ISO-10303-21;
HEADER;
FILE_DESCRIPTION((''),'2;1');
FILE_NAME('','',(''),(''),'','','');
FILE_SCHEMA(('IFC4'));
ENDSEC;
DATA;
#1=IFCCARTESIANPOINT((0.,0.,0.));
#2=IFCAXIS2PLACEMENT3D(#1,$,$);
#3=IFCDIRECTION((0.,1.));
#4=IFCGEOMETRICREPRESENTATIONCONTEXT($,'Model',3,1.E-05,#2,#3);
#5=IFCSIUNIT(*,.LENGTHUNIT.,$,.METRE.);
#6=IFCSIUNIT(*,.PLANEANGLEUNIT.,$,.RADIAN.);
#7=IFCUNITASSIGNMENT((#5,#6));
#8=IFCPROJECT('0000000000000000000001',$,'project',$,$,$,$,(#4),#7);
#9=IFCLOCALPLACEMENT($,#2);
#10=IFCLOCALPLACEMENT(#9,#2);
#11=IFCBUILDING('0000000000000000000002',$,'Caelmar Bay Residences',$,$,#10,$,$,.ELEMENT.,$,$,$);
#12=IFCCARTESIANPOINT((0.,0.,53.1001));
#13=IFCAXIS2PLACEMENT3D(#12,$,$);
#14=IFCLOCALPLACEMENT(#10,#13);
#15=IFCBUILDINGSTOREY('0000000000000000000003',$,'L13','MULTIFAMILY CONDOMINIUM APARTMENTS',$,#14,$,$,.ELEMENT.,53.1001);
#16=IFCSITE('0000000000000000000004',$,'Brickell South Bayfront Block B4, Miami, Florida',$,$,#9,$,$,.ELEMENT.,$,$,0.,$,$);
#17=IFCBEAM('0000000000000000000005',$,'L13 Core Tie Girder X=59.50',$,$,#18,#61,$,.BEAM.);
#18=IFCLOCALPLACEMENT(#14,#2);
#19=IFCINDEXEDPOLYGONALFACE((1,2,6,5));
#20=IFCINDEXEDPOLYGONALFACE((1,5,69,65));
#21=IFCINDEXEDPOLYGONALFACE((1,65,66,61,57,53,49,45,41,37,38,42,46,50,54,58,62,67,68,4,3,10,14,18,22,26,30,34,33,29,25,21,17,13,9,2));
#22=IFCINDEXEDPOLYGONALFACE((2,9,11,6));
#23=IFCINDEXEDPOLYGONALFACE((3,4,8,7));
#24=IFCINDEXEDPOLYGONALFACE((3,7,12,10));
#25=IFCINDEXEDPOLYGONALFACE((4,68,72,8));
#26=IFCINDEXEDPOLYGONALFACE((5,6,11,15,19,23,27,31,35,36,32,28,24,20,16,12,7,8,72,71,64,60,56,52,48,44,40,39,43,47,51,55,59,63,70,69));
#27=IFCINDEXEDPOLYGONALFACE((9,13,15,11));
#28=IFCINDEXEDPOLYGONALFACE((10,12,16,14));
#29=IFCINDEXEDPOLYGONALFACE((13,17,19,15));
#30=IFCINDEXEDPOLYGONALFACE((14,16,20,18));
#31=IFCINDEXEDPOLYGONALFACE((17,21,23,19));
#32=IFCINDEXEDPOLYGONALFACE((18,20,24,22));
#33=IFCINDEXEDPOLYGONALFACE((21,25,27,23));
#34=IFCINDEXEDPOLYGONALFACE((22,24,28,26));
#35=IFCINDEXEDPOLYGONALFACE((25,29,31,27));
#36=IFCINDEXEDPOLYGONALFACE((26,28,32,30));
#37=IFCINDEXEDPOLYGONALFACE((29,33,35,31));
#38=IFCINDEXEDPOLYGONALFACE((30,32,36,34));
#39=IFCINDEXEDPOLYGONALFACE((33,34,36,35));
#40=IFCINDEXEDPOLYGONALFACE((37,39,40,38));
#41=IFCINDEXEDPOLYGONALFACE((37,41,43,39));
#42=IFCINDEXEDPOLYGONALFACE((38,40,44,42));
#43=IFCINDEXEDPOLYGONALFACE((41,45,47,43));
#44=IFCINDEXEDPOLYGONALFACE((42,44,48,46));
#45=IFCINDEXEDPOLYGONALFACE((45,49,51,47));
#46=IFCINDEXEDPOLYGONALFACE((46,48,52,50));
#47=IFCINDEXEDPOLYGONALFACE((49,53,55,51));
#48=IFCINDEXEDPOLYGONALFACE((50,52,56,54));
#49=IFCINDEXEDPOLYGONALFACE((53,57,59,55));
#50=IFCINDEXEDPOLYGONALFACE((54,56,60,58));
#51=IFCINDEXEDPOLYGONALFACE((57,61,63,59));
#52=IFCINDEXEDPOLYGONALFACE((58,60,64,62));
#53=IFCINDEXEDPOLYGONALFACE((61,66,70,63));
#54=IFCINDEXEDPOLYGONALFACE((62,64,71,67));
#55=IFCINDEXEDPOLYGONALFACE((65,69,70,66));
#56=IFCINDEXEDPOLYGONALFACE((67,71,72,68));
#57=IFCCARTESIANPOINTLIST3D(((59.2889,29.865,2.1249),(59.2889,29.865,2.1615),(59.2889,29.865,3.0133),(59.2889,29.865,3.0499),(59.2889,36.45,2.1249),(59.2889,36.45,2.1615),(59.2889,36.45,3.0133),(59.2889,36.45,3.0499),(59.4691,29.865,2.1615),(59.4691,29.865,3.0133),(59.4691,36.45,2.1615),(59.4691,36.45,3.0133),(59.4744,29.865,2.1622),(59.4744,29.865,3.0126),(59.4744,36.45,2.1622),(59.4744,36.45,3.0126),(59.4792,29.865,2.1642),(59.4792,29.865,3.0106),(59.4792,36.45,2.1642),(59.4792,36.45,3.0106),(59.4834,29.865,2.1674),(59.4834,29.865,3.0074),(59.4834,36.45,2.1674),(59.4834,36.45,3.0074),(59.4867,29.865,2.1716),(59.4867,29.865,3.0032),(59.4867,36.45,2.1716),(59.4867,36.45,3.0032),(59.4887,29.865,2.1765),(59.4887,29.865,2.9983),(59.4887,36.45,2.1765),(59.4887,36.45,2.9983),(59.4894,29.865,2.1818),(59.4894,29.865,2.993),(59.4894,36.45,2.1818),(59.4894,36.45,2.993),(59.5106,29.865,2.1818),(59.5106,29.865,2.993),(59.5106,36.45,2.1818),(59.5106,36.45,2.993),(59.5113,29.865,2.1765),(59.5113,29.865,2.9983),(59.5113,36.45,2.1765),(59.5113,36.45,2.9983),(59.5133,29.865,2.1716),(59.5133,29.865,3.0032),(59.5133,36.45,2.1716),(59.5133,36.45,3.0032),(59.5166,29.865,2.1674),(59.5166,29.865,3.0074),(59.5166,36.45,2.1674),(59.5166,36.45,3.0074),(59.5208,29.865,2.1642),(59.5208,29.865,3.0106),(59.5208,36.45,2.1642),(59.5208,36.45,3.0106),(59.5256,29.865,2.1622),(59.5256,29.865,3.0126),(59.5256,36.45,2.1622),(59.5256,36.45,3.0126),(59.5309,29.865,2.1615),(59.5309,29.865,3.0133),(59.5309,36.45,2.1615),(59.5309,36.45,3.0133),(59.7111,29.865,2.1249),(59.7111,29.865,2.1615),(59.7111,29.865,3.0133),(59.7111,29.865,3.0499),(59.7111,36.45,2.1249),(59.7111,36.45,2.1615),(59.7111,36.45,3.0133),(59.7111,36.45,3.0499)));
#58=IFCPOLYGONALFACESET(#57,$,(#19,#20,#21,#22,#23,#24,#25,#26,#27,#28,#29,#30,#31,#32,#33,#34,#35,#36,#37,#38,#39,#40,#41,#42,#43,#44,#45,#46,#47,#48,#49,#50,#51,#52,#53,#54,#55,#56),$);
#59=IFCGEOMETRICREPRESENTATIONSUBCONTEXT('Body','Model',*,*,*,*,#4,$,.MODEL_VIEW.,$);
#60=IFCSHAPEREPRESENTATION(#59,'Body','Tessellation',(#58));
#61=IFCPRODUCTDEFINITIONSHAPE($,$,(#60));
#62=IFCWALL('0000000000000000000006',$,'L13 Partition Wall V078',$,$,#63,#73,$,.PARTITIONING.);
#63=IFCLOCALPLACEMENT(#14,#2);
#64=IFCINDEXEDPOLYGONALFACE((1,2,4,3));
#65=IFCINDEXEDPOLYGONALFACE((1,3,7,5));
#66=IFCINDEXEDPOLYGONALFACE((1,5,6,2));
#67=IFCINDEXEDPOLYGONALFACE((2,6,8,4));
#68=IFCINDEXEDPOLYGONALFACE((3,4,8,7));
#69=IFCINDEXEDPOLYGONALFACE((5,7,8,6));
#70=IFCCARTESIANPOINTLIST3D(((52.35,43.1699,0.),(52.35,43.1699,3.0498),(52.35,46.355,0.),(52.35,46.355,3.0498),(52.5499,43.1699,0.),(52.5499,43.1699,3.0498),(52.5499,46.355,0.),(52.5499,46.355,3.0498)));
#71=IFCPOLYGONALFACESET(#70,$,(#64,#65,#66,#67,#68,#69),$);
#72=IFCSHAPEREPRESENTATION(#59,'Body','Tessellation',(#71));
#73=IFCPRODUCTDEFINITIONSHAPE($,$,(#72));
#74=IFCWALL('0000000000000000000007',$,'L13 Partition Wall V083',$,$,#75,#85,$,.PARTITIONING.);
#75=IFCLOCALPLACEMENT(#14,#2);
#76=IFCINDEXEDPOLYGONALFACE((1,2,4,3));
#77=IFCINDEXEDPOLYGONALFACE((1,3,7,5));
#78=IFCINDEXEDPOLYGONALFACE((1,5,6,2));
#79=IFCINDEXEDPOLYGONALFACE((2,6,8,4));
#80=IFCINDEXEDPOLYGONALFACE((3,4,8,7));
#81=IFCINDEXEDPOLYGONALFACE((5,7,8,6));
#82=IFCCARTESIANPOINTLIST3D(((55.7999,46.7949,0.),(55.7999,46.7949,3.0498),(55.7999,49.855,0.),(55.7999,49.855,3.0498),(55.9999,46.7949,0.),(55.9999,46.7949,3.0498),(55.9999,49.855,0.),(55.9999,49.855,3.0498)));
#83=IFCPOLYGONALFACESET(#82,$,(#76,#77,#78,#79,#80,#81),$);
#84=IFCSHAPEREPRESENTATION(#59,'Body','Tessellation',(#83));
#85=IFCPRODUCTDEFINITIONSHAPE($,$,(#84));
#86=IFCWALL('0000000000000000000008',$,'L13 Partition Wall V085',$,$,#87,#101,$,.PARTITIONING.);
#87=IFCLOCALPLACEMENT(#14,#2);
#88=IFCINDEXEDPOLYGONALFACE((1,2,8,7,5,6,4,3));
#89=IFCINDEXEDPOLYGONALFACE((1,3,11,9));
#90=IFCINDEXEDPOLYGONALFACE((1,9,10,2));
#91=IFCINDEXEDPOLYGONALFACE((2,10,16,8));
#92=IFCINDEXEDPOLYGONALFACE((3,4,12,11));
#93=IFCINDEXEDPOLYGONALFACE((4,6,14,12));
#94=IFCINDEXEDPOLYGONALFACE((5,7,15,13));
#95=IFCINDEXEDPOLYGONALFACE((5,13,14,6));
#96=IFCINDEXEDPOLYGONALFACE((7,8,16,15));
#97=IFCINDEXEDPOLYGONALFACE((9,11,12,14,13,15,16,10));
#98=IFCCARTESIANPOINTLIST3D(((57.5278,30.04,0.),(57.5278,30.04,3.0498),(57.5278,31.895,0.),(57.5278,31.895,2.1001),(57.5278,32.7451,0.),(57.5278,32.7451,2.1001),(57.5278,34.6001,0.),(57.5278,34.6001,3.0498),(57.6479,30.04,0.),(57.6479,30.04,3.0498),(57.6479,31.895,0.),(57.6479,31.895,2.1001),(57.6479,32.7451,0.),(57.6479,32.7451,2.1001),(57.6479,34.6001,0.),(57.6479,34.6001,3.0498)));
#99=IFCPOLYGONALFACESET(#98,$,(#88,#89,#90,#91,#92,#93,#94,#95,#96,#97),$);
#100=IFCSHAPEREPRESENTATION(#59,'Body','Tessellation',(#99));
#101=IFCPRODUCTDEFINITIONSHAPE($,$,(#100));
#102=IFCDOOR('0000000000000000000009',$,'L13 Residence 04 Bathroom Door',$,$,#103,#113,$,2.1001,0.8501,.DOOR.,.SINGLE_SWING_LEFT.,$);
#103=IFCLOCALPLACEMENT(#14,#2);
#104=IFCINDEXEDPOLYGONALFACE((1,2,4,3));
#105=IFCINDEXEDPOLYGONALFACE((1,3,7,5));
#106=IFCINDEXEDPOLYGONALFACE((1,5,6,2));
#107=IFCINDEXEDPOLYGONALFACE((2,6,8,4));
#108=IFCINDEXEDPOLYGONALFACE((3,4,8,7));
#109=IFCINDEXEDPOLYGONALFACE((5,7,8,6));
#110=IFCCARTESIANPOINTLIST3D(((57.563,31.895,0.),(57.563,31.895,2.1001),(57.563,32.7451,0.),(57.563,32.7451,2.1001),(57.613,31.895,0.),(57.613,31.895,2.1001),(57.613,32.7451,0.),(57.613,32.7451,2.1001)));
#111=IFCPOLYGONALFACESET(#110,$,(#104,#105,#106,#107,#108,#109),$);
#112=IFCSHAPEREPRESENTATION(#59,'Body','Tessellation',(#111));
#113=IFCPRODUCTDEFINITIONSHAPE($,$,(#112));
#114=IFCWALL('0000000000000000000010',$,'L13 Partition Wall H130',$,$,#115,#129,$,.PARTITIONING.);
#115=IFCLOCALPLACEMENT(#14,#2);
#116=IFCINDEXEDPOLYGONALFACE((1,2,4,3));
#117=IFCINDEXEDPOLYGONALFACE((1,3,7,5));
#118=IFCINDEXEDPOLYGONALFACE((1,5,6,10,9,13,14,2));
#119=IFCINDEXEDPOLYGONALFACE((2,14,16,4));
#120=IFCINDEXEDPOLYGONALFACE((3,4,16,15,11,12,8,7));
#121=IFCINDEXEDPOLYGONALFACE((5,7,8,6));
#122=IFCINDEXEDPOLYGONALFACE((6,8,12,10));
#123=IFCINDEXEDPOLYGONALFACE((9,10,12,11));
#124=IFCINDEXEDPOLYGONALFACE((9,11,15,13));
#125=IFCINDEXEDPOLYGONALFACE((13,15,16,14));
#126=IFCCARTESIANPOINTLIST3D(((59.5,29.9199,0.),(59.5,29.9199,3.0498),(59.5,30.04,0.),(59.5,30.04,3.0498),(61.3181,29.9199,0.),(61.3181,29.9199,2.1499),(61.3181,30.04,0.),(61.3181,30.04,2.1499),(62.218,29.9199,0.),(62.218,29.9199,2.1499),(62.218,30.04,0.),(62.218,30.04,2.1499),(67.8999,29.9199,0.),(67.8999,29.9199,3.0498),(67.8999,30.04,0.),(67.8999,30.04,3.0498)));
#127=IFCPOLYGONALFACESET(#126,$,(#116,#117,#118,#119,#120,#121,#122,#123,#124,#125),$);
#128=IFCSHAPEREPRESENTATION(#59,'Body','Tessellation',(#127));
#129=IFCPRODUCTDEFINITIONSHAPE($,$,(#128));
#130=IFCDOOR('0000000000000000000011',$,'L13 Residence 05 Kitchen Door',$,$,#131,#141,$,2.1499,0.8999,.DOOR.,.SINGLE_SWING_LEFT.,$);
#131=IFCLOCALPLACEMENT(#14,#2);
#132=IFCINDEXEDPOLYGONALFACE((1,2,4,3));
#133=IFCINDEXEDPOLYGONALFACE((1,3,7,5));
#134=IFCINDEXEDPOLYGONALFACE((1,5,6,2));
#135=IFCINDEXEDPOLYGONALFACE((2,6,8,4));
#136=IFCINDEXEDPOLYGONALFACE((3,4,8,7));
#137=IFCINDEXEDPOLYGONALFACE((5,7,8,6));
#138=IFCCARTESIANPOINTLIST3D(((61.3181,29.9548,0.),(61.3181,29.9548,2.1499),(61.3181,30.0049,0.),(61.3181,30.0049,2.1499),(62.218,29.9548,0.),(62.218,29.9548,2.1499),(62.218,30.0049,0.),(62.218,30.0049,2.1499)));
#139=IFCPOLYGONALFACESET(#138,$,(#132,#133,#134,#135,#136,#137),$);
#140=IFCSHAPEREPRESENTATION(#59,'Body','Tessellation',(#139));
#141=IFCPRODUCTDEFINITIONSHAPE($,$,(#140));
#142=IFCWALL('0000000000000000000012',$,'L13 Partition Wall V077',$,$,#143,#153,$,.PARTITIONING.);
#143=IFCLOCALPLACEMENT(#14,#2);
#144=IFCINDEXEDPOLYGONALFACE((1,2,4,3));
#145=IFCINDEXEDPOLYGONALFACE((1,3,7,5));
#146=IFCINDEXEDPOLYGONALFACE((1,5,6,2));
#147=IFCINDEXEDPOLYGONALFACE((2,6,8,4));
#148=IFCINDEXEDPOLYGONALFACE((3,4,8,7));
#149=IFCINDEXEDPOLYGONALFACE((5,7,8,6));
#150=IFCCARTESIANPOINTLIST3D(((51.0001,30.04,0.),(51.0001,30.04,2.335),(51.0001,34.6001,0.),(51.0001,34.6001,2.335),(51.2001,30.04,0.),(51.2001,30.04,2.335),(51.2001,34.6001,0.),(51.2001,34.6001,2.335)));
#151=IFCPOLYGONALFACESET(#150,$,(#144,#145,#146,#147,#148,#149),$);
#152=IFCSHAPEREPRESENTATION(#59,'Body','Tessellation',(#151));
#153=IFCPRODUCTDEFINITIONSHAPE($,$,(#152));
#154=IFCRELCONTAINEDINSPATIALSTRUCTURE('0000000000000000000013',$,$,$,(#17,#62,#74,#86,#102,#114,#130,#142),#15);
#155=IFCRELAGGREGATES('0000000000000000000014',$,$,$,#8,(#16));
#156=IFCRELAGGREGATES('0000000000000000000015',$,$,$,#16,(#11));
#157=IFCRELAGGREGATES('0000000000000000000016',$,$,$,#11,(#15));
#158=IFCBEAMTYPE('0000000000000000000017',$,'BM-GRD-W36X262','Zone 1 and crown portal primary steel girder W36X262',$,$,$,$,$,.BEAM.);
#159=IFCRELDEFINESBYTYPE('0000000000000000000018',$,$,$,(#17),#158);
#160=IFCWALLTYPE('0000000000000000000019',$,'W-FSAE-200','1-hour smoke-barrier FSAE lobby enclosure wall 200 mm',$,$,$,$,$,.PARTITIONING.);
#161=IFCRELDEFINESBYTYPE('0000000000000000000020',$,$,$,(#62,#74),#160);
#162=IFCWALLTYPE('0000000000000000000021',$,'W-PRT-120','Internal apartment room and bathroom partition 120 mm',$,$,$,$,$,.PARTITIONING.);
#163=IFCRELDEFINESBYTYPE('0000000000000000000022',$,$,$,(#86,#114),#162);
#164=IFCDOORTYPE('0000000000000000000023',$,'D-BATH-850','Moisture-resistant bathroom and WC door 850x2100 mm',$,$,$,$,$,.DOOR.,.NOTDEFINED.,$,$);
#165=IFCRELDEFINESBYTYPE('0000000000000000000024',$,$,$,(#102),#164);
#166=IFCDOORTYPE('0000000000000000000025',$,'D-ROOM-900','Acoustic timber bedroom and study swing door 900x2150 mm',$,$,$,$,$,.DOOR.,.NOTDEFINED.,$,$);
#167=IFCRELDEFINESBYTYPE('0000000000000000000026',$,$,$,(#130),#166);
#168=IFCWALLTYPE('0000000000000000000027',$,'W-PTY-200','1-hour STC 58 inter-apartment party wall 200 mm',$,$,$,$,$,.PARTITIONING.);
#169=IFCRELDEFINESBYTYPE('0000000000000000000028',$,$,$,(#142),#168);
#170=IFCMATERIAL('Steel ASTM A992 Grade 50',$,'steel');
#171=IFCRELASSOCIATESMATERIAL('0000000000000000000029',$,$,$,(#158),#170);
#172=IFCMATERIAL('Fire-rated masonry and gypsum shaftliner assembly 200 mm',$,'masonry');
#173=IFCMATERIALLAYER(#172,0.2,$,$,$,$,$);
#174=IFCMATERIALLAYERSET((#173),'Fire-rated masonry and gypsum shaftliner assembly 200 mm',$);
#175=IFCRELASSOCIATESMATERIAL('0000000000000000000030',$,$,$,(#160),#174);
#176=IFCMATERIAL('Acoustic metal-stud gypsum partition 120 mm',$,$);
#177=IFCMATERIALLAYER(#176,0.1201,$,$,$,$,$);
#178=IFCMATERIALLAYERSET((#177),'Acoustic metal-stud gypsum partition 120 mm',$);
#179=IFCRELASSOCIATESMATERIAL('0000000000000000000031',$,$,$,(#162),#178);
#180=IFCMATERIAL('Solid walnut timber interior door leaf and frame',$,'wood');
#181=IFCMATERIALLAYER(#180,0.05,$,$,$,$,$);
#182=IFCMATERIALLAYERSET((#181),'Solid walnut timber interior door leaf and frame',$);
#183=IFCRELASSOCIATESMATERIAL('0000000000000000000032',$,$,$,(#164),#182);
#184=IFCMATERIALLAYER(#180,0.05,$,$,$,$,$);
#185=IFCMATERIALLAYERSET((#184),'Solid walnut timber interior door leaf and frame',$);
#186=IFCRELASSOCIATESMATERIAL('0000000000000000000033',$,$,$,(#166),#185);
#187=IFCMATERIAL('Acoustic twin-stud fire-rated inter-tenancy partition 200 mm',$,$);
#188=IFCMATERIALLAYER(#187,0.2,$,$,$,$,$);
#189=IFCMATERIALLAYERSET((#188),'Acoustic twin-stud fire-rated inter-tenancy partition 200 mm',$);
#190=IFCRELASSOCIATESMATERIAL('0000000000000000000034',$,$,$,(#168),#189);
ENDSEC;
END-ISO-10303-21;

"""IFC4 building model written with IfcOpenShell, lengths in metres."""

from ifc_helpers import new_model, si_unit, direction, frame, frame_2d, origin, origin_2d, place, context, subcontext, project, spatial, rectangle, i_section, extrude, material, layer, layer_set, material_profile, profile_set, type_object, element, fill, save


model = new_model("IFC4")

# Units and contexts
model_context = context("Model", 3, precision=1e-05, world=origin(), true_north=direction((0.0, 1.0)))
body_context = subcontext(model_context, "Body", "Model", "MODEL_VIEW")
ifc_project = project(units=[si_unit("LENGTHUNIT", "METRE"), si_unit("PLANEANGLEUNIT", "RADIAN")], contexts=[model_context])

# Site, building, storey
site_placement = place(None, origin())
site = spatial("IfcSite", under=ifc_project, at=site_placement, Name="Brickell South Bayfront Block B4, Miami, Florida", CompositionType="ELEMENT", RefElevation=0.0)
building_placement = place(site_placement, origin())
building = spatial("IfcBuilding", under=site, at=building_placement, Name="Caelmar Bay Residences", CompositionType="ELEMENT")
storey_placement = place(building_placement, frame((0.0, 0.0, 53.1001)))
storey = spatial("IfcBuildingStorey", under=building, at=storey_placement, Name="L13", Description="MULTIFAMILY CONDOMINIUM APARTMENTS", CompositionType="ELEMENT", Elevation=53.1001)

# Beam
ifc_material_1 = material(Name="Steel ASTM A992 Grade 50", Category="steel")
ifc_material_profile = material_profile(ifc_material_1, i_section(OverallWidth=0.4221, OverallDepth=0.925, WebThickness=0.0212, FlangeThickness=0.0366, FilletRadius=0.0203, at=origin_2d()), Name="W36X262")
ifc_profile_set = profile_set([ifc_material_profile], Name="Steel ASTM A992 Grade 50")
beam_type = type_object("IfcBeamType", Name="BM-GRD-W36X262", Description="Zone 1 and crown portal primary steel girder W36X262", PredefinedType="BEAM", material=ifc_profile_set)
beam_placement = place(storey_placement, frame((59.5, 29.865, 2.5874), z_axis=(0.0, 1.0, 0.0), x_axis=(-1.0, 0.0, 0.0)))
element("IfcBeam", 1, at=beam_placement, inside=storey, type_object=beam_type, Name="L13 Core Tie Girder X=59.50", PredefinedType="BEAM", context=body_context, shape_type="SweptSolid", body=[
    extrude(i_section(OverallWidth=0.4221, OverallDepth=0.925, WebThickness=0.0212, FlangeThickness=0.0366, FilletRadius=0.0203, at=origin_2d()), origin(), (0.0, 0.0, 1.0), 6.585),
])

# Walls
ifc_material_2 = material(Name="Fire-rated masonry and gypsum shaftliner assembly 200 mm", Category="masonry")
ifc_layer_1 = layer(ifc_material_2, 0.2)
ifc_layer_set_1 = layer_set([ifc_layer_1], Name="Fire-rated masonry and gypsum shaftliner assembly 200 mm")
wall_type_1 = type_object("IfcWallType", Name="W-FSAE-200", Description="1-hour smoke-barrier FSAE lobby enclosure wall 200 mm", PredefinedType="PARTITIONING", material=ifc_layer_set_1)
wall_1_placement = place(storey_placement, frame((52.45, 43.1699, 0.0), z_axis=(0.0, 0.0, 1.0), x_axis=(0.0, 1.0, 0.0)))
element("IfcWall", 2, at=wall_1_placement, inside=storey, type_object=wall_type_1, Name="L13 Partition Wall V078", PredefinedType="PARTITIONING", context=body_context, shape_type="SweptSolid", body=[
    extrude(rectangle(XDim=3.1851, YDim=0.2, at=frame_2d((1.5925, 0.0))), origin(), (0.0, 0.0, 1.0), 3.0498),
])
wall_2_placement = place(storey_placement, frame((55.8999, 46.7949, 0.0), z_axis=(0.0, 0.0, 1.0), x_axis=(0.0, 1.0, 0.0)))
element("IfcWall", 3, at=wall_2_placement, inside=storey, type_object=wall_type_1, Name="L13 Partition Wall V083", PredefinedType="PARTITIONING", context=body_context, shape_type="SweptSolid", body=[
    extrude(rectangle(XDim=3.0601, YDim=0.2, at=frame_2d((1.53, 0.0))), origin(), (0.0, 0.0, 1.0), 3.0498),
])

# Walls, openings, doors
ifc_material_3 = material(Name="Acoustic metal-stud gypsum partition 120 mm")
ifc_layer_2 = layer(ifc_material_3, 0.1201)
ifc_layer_set_2 = layer_set([ifc_layer_2], Name="Acoustic metal-stud gypsum partition 120 mm")
wall_type_2 = type_object("IfcWallType", Name="W-PRT-120", Description="Internal apartment room and bathroom partition 120 mm", PredefinedType="PARTITIONING", material=ifc_layer_set_2)
wall_3_placement = place(storey_placement, frame((57.5879, 30.04, 0.0), z_axis=(0.0, 0.0, 1.0), x_axis=(0.0, 1.0, 0.0)))
wall_3 = element("IfcWall", 4, at=wall_3_placement, inside=storey, type_object=wall_type_2, Name="L13 Partition Wall V085", PredefinedType="PARTITIONING", context=body_context, shape_type="SweptSolid", body=[
    extrude(rectangle(XDim=4.5601, YDim=0.1201, at=frame_2d((2.28, 0.0))), origin(), (0.0, 0.0, 1.0), 3.0498),
])
opening_1_placement = place(wall_3_placement, frame((1.855, 0.0, 0.0)))
opening_1 = element("IfcOpeningElement", 5, at=opening_1_placement, cuts=wall_3, PredefinedType="OPENING", context=body_context, shape_type="SweptSolid", body=[
    extrude(rectangle(XDim=0.8501, YDim=2.1001, at=frame_2d((0.425, 1.05))), frame((0.0, 0.0701, 0.0), z_axis=(0.0, -1.0, 0.0), x_axis=(1.0, 0.0, 0.0)), (0.0, 0.0, 1.0), 0.1401),
])
ifc_material_4 = material(Name="Solid walnut timber interior door leaf and frame", Category="wood")
ifc_layer_3 = layer(ifc_material_4, 0.05)
ifc_layer_set_3 = layer_set([ifc_layer_3], Name="Solid walnut timber interior door leaf and frame")
door_type_1 = type_object("IfcDoorType", Name="D-BATH-850", Description="Moisture-resistant bathroom and WC door 850x2100 mm", OperationType="NOTDEFINED", PredefinedType="DOOR", material=ifc_layer_set_3)
door_1_placement = place(opening_1_placement, origin())
door_1 = element("IfcDoor", 6, at=door_1_placement, inside=storey, type_object=door_type_1, Name="L13 Residence 04 Bathroom Door", OperationType="SINGLE_SWING_LEFT", OverallHeight=2.1001, OverallWidth=0.8501, PredefinedType="DOOR", context=body_context, shape_type="SweptSolid", body=[
    extrude(rectangle(XDim=0.8501, YDim=2.1001, at=frame_2d((0.425, 1.05))), frame((0.0, 0.0249, 0.0), z_axis=(0.0, -1.0, 0.0), x_axis=(1.0, 0.0, 0.0)), (0.0, 0.0, 1.0), 0.05),
])
fill(opening_1, door_1)
wall_4_placement = place(storey_placement, frame((59.5, 29.98, 0.0), z_axis=(0.0, 0.0, 1.0), x_axis=(1.0, 0.0, 0.0)))
wall_4 = element("IfcWall", 7, at=wall_4_placement, inside=storey, type_object=wall_type_2, Name="L13 Partition Wall H130", PredefinedType="PARTITIONING", context=body_context, shape_type="SweptSolid", body=[
    extrude(rectangle(XDim=8.3999, YDim=0.1201, at=frame_2d((4.2, 0.0))), origin(), (0.0, 0.0, 1.0), 3.0498),
])
opening_2_placement = place(wall_4_placement, frame((1.8181, 0.0, 0.0)))
opening_2 = element("IfcOpeningElement", 8, at=opening_2_placement, cuts=wall_4, PredefinedType="OPENING", context=body_context, shape_type="SweptSolid", body=[
    extrude(rectangle(XDim=0.8999, YDim=2.1499, at=frame_2d((0.45, 1.075))), frame((0.0, 0.0701, 0.0), z_axis=(0.0, -1.0, 0.0), x_axis=(1.0, 0.0, 0.0)), (0.0, 0.0, 1.0), 0.1401),
])
ifc_layer_4 = layer(ifc_material_4, 0.05)
ifc_layer_set_4 = layer_set([ifc_layer_4], Name="Solid walnut timber interior door leaf and frame")
door_type_2 = type_object("IfcDoorType", Name="D-ROOM-900", Description="Acoustic timber bedroom and study swing door 900x2150 mm", OperationType="NOTDEFINED", PredefinedType="DOOR", material=ifc_layer_set_4)
door_2_placement = place(opening_2_placement, origin())
door_2 = element("IfcDoor", 9, at=door_2_placement, inside=storey, type_object=door_type_2, Name="L13 Residence 05 Kitchen Door", OperationType="SINGLE_SWING_LEFT", OverallHeight=2.1499, OverallWidth=0.8999, PredefinedType="DOOR", context=body_context, shape_type="SweptSolid", body=[
    extrude(rectangle(XDim=0.8999, YDim=2.1499, at=frame_2d((0.45, 1.075))), frame((0.0, 0.0249, 0.0), z_axis=(0.0, -1.0, 0.0), x_axis=(1.0, 0.0, 0.0)), (0.0, 0.0, 1.0), 0.05),
])
fill(opening_2, door_2)

# Wall
ifc_material_5 = material(Name="Acoustic twin-stud fire-rated inter-tenancy partition 200 mm")
ifc_layer_5 = layer(ifc_material_5, 0.2)
ifc_layer_set_5 = layer_set([ifc_layer_5], Name="Acoustic twin-stud fire-rated inter-tenancy partition 200 mm")
wall_type_3 = type_object("IfcWallType", Name="W-PTY-200", Description="1-hour STC 58 inter-apartment party wall 200 mm", PredefinedType="PARTITIONING", material=ifc_layer_set_5)
wall_5_placement = place(storey_placement, frame((51.1001, 30.04, 0.0), z_axis=(0.0, 0.0, 1.0), x_axis=(0.0, 1.0, 0.0)))
element("IfcWall", 10, at=wall_5_placement, inside=storey, type_object=wall_type_3, Name="L13 Partition Wall V077", PredefinedType="PARTITIONING", context=body_context, shape_type="SweptSolid", body=[
    extrude(rectangle(XDim=4.5601, YDim=0.2, at=frame_2d((2.28, 0.0))), origin(), (0.0, 0.0, 1.0), 2.335),
])

save(model, "model.ifc")
